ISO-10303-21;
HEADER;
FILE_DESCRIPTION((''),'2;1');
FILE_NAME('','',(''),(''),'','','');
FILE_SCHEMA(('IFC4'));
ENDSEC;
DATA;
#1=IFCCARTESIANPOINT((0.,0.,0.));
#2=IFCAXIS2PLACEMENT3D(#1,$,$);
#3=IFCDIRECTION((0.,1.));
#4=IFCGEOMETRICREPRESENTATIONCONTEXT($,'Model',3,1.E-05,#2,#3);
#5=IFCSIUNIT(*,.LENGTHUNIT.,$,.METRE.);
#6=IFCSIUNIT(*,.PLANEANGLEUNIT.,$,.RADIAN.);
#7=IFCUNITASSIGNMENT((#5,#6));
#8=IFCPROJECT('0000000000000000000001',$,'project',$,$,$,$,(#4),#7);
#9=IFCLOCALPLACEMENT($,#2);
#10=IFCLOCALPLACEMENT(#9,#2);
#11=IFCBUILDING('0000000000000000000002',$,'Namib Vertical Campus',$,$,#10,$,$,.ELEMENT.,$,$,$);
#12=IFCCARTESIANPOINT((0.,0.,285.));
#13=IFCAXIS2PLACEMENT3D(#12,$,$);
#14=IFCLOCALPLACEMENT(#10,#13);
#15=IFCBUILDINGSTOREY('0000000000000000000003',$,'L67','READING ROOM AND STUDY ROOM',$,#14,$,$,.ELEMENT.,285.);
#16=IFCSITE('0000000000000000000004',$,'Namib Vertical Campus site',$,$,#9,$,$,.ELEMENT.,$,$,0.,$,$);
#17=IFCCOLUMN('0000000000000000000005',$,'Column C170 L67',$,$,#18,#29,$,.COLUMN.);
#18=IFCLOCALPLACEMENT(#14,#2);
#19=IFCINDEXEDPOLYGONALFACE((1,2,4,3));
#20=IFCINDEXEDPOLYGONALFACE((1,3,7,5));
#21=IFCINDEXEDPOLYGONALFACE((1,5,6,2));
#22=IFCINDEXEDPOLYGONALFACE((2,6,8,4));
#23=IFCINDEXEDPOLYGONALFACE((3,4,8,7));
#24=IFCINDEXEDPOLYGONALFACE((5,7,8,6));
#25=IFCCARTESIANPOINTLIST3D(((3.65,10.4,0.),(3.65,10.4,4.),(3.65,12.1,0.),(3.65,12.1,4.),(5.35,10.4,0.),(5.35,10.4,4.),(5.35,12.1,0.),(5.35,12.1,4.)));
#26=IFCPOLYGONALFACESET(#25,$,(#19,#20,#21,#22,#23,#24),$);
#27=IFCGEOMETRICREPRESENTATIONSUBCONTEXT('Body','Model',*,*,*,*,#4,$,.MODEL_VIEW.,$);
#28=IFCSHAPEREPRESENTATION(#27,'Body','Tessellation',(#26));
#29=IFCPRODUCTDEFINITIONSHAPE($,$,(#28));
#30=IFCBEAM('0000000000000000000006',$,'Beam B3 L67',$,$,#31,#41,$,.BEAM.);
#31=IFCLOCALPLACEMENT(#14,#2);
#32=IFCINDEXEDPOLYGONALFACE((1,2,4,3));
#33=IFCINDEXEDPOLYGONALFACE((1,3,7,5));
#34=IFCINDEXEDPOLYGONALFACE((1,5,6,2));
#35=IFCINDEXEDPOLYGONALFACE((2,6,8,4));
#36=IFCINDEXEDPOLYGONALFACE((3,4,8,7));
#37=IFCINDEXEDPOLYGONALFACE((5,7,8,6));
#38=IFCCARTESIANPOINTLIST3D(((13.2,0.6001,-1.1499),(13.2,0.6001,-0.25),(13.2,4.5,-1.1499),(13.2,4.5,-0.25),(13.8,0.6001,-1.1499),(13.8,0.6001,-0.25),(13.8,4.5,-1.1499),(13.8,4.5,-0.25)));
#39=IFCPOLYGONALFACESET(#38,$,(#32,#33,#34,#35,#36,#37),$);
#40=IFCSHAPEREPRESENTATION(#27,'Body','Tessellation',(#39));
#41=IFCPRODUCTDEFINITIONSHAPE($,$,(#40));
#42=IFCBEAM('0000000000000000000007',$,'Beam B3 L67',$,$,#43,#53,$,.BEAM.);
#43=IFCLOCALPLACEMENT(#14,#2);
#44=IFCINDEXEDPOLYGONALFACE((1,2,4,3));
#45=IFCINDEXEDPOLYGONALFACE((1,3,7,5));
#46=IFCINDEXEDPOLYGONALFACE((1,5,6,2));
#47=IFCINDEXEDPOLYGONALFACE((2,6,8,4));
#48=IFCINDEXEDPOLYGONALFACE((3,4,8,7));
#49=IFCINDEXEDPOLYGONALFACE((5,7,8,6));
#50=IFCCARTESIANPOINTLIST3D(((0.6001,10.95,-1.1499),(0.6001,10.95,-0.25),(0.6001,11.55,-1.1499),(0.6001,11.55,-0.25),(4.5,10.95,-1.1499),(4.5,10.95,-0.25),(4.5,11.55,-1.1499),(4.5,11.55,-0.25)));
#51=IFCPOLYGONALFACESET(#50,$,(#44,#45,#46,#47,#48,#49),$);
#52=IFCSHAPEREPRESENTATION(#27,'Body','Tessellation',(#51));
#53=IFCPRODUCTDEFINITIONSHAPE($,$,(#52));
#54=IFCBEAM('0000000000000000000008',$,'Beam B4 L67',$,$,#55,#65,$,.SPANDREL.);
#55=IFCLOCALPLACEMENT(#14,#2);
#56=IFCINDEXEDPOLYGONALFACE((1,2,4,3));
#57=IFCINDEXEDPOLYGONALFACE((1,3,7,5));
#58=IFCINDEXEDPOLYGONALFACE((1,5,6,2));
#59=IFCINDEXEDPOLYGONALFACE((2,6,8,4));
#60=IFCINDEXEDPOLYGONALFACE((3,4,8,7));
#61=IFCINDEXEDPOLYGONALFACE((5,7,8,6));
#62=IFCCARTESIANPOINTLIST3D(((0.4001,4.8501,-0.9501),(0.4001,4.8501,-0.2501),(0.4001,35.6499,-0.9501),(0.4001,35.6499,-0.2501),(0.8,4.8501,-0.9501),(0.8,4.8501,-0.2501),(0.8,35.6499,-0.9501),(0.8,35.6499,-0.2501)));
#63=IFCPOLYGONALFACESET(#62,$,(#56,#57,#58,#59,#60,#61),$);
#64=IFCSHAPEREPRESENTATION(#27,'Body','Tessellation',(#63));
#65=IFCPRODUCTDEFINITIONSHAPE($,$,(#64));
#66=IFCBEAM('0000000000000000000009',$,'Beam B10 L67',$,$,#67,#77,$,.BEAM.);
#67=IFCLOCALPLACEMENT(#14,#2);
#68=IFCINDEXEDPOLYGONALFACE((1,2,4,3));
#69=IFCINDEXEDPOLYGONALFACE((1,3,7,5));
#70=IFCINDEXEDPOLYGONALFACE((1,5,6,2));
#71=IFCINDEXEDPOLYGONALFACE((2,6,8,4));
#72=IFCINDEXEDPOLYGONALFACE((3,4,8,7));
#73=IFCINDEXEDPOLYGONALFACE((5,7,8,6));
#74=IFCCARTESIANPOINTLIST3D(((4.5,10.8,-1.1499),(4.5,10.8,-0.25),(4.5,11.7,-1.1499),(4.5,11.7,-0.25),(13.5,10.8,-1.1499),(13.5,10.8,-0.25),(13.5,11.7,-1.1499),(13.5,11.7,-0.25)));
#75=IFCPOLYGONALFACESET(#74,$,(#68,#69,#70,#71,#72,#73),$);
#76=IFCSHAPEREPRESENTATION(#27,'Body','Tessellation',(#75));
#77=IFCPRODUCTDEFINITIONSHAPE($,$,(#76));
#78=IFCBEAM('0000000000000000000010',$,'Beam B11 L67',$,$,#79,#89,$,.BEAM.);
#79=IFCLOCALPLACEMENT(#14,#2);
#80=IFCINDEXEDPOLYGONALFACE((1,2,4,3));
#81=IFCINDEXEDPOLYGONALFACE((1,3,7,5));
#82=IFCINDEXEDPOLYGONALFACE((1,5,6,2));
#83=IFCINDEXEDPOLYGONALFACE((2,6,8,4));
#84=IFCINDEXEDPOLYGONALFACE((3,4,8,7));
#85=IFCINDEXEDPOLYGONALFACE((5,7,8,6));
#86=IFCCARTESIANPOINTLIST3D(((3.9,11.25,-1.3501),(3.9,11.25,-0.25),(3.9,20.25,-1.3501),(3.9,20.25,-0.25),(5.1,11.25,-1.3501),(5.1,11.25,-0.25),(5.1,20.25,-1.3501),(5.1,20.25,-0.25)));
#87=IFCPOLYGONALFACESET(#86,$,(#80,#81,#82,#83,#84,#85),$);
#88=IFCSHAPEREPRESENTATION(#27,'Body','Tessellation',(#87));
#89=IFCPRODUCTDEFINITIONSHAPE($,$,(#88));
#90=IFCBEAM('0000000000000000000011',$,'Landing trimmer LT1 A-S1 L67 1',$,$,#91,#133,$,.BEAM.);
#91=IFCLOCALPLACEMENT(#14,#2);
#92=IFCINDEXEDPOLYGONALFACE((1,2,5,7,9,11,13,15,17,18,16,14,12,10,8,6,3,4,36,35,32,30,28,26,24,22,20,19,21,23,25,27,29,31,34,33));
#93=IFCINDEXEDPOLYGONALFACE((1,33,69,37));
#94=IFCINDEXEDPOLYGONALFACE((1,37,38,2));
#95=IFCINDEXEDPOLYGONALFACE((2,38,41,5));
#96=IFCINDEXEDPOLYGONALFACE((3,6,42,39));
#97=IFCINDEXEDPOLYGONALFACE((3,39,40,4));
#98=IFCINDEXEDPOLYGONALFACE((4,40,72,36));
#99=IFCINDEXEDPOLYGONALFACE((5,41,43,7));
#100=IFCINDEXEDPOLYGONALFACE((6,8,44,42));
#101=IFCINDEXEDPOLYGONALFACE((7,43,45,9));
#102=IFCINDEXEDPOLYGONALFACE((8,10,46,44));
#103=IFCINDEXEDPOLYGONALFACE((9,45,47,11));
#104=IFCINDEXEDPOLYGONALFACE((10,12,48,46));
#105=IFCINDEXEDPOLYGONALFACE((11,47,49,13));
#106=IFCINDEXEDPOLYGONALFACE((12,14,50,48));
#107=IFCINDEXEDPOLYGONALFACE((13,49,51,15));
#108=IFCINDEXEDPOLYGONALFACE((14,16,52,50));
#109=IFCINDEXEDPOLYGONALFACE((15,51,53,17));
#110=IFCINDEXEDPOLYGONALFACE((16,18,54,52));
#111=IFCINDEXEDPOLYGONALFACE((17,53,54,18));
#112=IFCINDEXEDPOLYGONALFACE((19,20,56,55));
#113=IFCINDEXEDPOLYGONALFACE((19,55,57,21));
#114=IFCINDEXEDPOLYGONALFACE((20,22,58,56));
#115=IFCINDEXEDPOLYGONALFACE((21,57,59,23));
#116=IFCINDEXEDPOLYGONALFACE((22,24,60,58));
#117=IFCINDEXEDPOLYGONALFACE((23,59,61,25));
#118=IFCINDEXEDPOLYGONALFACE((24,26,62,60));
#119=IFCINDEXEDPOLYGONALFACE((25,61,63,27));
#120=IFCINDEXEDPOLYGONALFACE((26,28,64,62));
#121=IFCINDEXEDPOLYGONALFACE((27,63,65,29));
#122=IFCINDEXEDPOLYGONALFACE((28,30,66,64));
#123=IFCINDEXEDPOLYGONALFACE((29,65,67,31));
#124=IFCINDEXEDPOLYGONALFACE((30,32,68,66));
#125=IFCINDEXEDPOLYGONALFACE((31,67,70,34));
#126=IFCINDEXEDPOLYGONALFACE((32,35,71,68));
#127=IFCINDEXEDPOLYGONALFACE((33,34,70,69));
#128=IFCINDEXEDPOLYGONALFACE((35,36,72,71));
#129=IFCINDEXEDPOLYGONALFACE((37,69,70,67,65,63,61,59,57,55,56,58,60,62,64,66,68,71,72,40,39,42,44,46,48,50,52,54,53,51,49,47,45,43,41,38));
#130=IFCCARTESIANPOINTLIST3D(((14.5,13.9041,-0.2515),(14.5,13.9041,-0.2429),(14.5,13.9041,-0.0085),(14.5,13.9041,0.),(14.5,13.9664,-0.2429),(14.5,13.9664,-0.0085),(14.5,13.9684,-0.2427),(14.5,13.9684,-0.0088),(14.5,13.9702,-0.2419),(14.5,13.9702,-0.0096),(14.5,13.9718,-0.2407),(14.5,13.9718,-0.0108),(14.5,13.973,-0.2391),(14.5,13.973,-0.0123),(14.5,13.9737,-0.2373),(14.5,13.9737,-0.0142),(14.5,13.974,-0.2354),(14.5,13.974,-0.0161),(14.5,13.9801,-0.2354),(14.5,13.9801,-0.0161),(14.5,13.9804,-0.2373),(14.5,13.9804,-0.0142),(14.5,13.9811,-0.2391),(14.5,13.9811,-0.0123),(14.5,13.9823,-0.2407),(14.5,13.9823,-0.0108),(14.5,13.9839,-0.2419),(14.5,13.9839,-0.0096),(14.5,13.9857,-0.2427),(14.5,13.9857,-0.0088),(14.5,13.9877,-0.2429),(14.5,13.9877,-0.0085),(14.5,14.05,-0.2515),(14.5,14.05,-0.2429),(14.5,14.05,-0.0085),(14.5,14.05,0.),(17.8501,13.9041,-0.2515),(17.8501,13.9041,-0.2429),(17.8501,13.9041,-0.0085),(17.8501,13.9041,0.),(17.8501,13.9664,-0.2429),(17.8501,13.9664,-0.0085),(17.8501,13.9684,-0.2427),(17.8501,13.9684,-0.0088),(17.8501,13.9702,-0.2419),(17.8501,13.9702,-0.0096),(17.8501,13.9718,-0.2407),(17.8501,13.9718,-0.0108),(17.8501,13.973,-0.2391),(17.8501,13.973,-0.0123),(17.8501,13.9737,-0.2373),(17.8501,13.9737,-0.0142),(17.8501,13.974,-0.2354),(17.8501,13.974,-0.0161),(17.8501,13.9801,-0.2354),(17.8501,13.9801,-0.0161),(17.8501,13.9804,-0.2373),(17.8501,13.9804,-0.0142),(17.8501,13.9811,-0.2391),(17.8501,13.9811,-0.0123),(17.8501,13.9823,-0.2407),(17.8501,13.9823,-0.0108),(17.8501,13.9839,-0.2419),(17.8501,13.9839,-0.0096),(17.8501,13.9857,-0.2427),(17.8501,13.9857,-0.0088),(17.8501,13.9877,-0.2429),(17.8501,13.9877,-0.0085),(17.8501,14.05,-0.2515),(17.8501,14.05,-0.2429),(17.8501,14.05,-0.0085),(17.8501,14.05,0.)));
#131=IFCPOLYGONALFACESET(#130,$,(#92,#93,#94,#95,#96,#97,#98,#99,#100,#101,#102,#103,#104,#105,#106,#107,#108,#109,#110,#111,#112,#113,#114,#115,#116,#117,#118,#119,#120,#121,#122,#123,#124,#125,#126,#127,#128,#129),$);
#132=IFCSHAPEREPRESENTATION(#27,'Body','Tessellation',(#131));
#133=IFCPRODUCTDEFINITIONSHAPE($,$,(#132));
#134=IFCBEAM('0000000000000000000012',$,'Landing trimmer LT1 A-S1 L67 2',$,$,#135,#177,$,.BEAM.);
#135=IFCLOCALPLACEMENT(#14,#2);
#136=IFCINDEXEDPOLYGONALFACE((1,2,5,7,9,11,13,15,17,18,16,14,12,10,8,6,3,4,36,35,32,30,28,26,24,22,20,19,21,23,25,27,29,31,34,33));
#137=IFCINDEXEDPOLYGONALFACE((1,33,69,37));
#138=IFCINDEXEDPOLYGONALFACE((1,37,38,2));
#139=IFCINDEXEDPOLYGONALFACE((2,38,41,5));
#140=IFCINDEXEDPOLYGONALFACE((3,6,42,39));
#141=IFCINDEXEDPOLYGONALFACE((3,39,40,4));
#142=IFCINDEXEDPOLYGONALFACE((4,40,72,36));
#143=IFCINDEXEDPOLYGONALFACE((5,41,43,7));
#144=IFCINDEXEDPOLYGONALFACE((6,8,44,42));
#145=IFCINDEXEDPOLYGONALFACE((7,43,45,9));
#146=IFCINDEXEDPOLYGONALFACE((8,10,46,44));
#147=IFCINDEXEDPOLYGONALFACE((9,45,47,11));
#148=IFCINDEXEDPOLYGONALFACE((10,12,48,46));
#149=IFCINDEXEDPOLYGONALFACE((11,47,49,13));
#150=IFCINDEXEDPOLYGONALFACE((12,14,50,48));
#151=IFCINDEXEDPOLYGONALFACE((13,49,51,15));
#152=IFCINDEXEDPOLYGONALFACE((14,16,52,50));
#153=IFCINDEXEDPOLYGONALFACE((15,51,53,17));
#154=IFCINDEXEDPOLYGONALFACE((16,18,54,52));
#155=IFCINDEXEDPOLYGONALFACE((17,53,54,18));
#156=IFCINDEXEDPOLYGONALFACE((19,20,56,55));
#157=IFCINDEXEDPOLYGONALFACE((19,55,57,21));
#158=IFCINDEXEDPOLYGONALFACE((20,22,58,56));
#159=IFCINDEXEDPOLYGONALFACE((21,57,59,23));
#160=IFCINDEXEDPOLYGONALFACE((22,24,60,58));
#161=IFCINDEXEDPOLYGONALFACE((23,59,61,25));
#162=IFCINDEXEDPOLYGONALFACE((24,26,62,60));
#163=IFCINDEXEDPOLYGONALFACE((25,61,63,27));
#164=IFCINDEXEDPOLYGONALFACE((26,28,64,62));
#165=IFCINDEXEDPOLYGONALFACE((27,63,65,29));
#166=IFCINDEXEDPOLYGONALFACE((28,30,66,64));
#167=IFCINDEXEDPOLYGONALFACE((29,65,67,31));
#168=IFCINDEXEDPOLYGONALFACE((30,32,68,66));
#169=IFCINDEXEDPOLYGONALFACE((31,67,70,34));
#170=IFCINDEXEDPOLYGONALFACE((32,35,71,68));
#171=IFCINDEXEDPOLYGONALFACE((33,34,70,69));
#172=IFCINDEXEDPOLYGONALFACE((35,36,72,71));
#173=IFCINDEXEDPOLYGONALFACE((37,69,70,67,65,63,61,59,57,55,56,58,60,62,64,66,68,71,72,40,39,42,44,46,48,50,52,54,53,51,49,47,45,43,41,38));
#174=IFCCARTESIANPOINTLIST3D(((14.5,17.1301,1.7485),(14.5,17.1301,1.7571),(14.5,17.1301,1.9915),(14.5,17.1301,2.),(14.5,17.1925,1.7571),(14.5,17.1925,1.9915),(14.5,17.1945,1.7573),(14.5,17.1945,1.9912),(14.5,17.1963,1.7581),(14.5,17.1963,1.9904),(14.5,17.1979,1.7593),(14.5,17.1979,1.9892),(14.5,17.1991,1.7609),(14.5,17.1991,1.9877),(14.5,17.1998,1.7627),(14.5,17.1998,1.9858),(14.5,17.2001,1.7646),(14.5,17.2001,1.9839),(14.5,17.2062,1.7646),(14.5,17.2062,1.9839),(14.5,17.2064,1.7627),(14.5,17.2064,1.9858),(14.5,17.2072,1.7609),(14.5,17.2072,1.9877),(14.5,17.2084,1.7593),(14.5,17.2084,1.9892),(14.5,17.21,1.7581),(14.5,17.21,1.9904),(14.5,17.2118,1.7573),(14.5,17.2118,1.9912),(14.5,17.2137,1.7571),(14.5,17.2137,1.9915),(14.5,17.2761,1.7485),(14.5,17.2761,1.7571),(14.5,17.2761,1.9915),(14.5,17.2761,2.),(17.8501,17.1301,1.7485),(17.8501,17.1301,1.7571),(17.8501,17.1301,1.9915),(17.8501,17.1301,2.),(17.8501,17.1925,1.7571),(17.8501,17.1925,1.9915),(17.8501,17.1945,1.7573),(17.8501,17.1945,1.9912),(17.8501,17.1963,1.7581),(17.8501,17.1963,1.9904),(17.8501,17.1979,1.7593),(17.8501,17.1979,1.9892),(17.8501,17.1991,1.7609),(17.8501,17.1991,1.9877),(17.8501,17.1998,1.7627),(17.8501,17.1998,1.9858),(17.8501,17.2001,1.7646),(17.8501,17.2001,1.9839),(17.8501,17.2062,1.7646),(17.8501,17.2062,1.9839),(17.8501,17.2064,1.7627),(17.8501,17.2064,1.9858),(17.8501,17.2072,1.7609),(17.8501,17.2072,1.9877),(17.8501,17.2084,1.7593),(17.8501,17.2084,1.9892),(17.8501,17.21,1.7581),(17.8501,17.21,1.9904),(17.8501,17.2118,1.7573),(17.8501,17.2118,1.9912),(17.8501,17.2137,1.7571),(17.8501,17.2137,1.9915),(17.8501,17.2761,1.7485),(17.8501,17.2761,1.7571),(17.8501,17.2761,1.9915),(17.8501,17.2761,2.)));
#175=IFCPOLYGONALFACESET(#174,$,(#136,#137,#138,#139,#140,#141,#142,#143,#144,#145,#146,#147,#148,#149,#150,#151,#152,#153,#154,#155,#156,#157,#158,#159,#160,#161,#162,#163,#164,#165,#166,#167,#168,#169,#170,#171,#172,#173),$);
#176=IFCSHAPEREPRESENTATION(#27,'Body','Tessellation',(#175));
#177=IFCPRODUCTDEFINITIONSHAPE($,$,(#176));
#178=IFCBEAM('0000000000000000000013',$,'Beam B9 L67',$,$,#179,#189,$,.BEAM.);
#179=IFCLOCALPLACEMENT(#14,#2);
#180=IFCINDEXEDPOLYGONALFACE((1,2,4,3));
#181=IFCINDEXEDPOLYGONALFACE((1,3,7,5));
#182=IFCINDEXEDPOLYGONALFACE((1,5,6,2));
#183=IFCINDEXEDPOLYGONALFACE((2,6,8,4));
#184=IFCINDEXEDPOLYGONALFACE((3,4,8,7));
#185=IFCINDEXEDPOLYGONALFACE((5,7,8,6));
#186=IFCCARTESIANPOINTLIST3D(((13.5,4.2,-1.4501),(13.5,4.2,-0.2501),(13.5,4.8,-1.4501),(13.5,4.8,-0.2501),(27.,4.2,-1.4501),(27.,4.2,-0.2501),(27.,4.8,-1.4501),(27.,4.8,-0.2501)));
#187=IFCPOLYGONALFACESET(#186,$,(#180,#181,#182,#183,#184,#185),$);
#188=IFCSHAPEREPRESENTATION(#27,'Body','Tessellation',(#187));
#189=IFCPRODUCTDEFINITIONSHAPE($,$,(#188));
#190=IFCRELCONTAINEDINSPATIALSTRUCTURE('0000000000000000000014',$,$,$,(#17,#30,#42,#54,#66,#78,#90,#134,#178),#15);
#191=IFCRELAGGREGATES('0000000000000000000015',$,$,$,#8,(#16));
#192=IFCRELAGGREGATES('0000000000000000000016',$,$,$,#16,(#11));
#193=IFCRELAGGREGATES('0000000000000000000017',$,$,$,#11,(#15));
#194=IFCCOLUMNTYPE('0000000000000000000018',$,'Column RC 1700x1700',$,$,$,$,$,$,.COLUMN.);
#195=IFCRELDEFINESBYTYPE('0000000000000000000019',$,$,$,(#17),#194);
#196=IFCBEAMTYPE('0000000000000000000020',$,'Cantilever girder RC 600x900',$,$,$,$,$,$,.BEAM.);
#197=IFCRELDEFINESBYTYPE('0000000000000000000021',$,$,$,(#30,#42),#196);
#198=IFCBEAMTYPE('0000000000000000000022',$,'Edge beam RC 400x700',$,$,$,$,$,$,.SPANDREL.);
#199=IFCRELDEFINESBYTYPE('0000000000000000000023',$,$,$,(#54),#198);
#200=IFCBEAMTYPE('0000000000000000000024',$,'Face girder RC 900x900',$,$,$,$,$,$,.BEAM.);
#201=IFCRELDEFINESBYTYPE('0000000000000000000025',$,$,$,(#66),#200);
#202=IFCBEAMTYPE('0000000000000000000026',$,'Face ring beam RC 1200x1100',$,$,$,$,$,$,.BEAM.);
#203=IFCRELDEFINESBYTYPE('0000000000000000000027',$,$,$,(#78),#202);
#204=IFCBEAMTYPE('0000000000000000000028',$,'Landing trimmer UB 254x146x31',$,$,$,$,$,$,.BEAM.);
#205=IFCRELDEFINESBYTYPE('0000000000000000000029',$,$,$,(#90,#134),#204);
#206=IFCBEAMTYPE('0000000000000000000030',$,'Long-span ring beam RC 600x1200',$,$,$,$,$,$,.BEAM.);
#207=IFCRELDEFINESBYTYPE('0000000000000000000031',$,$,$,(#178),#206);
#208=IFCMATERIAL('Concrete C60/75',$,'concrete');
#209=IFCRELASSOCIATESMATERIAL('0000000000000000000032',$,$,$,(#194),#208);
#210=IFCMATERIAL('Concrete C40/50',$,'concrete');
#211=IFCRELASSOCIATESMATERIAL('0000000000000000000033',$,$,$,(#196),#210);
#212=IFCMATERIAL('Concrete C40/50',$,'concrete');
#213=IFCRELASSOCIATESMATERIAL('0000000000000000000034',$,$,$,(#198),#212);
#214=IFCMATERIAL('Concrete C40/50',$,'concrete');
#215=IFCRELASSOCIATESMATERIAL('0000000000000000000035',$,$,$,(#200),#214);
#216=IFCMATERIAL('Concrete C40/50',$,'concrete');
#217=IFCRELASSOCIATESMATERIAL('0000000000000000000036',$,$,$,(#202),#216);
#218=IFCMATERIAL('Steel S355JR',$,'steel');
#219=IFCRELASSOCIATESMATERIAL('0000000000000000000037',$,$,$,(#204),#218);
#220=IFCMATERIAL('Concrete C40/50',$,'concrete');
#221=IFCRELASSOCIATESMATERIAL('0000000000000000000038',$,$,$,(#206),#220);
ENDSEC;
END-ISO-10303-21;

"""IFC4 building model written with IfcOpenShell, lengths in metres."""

from ifc_helpers import new_model, si_unit, direction, frame, origin, origin_2d, place, context, subcontext, project, spatial, rectangle, i_section, extrude, material, material_profile, profile_set, type_object, element, save


model = new_model("IFC4")

# Units and contexts
model_context = context("Model", 3, precision=1e-05, world=origin(), true_north=direction((0.0, 1.0)))
body_context = subcontext(model_context, "Body", "Model", "MODEL_VIEW")
ifc_project = project(units=[si_unit("LENGTHUNIT", "METRE"), si_unit("PLANEANGLEUNIT", "RADIAN")], contexts=[model_context])

# Site, building, storey
site_placement = place(None, origin())
site = spatial("IfcSite", under=ifc_project, at=site_placement, Name="Namib Vertical Campus site", CompositionType="ELEMENT", RefElevation=0.0)
building_placement = place(site_placement, origin())
building = spatial("IfcBuilding", under=site, at=building_placement, Name="Namib Vertical Campus", CompositionType="ELEMENT")
storey_placement = place(building_placement, frame((0.0, 0.0, 285.0)))
storey = spatial("IfcBuildingStorey", under=building, at=storey_placement, Name="L67", Description="READING ROOM AND STUDY ROOM", CompositionType="ELEMENT", Elevation=285.0)

# Column
ifc_material_1 = material(Name="Concrete C60/75", Category="concrete")
ifc_material_profile_1 = material_profile(ifc_material_1, rectangle(XDim=1.7, YDim=1.7, at=origin_2d()))
ifc_profile_set_1 = profile_set([ifc_material_profile_1], Name="Concrete C60/75")
column_type = type_object("IfcColumnType", Name="Column RC 1700x1700", PredefinedType="COLUMN", material=ifc_profile_set_1)
column_placement = place(storey_placement, frame((4.5, 11.25, 0.0), z_axis=(0.0, 0.0, 1.0), x_axis=(1.0, 0.0, 0.0)))
element("IfcColumn", 1, at=column_placement, inside=storey, type_object=column_type, Name="Column C170 L67", PredefinedType="COLUMN", context=body_context, shape_type="SweptSolid", body=[
    extrude(rectangle(XDim=1.7, YDim=1.7, at=origin_2d()), origin(), (0.0, 0.0, 1.0), 4.0),
])

# Beams
ifc_material_2 = material(Name="Concrete C40/50", Category="concrete")
ifc_material_profile_2 = material_profile(ifc_material_2, rectangle(XDim=0.6001, YDim=0.8999, at=origin_2d()))
ifc_profile_set_2 = profile_set([ifc_material_profile_2], Name="Concrete C40/50")
beam_type_1 = type_object("IfcBeamType", Name="Cantilever girder RC 600x900", PredefinedType="BEAM", material=ifc_profile_set_2)
for number, where, z_axis, x_axis, name in (
    (2, (13.5, 4.5, -0.7), (0.0, -1.0, 0.0), (1.0, 0.0, 0.0), "Beam B3 L67"),
    (3, (4.5, 11.25, -0.7), (-1.0, 0.0, 0.0), (0.0, -1.0, 0.0), "Beam B3 L67"),
):
    element("IfcBeam", number, at=place(storey_placement, frame(where, z_axis=z_axis, x_axis=x_axis)), inside=storey, type_object=beam_type_1, Name=name, PredefinedType="BEAM", context=body_context, shape_type="SweptSolid", body=[
        extrude(rectangle(XDim=0.6001, YDim=0.8999, at=origin_2d()), origin(), (0.0, 0.0, 1.0), 3.8999),
    ])
ifc_material_3 = material(Name="Concrete C40/50", Category="concrete")
ifc_material_profile_3 = material_profile(ifc_material_3, rectangle(XDim=0.3999, YDim=0.7, at=origin_2d()))
ifc_profile_set_3 = profile_set([ifc_material_profile_3], Name="Concrete C40/50")
beam_type_2 = type_object("IfcBeamType", Name="Edge beam RC 400x700", PredefinedType="SPANDREL", material=ifc_profile_set_3)
beam_1_placement = place(storey_placement, frame((0.6001, 4.8501, -0.6001), z_axis=(0.0, 1.0, 0.0), x_axis=(-1.0, 0.0, 0.0)))
element("IfcBeam", 4, at=beam_1_placement, inside=storey, type_object=beam_type_2, Name="Beam B4 L67", PredefinedType="SPANDREL", context=body_context, shape_type="SweptSolid", body=[
    extrude(rectangle(XDim=0.3999, YDim=0.7, at=origin_2d()), origin(), (0.0, 0.0, 1.0), 30.7998),
])
ifc_material_4 = material(Name="Concrete C40/50", Category="concrete")
ifc_material_profile_4 = material_profile(ifc_material_4, rectangle(XDim=0.8999, YDim=0.8999, at=origin_2d()))
ifc_profile_set_4 = profile_set([ifc_material_profile_4], Name="Concrete C40/50")
beam_type_3 = type_object("IfcBeamType", Name="Face girder RC 900x900", PredefinedType="BEAM", material=ifc_profile_set_4)
beam_2_placement = place(storey_placement, frame((4.5, 11.25, -0.7), z_axis=(1.0, 0.0, 0.0), x_axis=(0.0, 1.0, 0.0)))
element("IfcBeam", 5, at=beam_2_placement, inside=storey, type_object=beam_type_3, Name="Beam B10 L67", PredefinedType="BEAM", context=body_context, shape_type="SweptSolid", body=[
    extrude(rectangle(XDim=0.8999, YDim=0.8999, at=origin_2d()), origin(), (0.0, 0.0, 1.0), 9.0),
])
ifc_material_5 = material(Name="Concrete C40/50", Category="concrete")
ifc_material_profile_5 = material_profile(ifc_material_5, rectangle(XDim=1.2, YDim=1.1001, at=origin_2d()))
ifc_profile_set_5 = profile_set([ifc_material_profile_5], Name="Concrete C40/50")
beam_type_4 = type_object("IfcBeamType", Name="Face ring beam RC 1200x1100", PredefinedType="BEAM", material=ifc_profile_set_5)
beam_3_placement = place(storey_placement, frame((4.5, 11.25, -0.8), z_axis=(0.0, 1.0, 0.0), x_axis=(-1.0, 0.0, 0.0)))
element("IfcBeam", 6, at=beam_3_placement, inside=storey, type_object=beam_type_4, Name="Beam B11 L67", PredefinedType="BEAM", context=body_context, shape_type="SweptSolid", body=[
    extrude(rectangle(XDim=1.2, YDim=1.1001, at=origin_2d()), origin(), (0.0, 0.0, 1.0), 9.0),
])
ifc_material_6 = material(Name="Steel S355JR", Category="steel")
ifc_material_profile_6 = material_profile(ifc_material_6, i_section(OverallWidth=0.146, OverallDepth=0.2515, WebThickness=0.0061, FlangeThickness=0.0085, FilletRadius=0.0076, at=origin_2d()))
ifc_profile_set_6 = profile_set([ifc_material_profile_6], Name="Steel S355JR")
beam_type_5 = type_object("IfcBeamType", Name="Landing trimmer UB 254x146x31", PredefinedType="BEAM", material=ifc_profile_set_6)
for number, where, z_axis, x_axis, name in (
    (7, (14.5, 13.9771, -0.1257), (1.0, 0.0, 0.0), (0.0, 1.0, 0.0), "Landing trimmer LT1 A-S1 L67 1"),
    (8, (14.5, 17.2031, 1.8743), (1.0, 0.0, 0.0), (0.0, 1.0, 0.0), "Landing trimmer LT1 A-S1 L67 2"),
):
    element("IfcBeam", number, at=place(storey_placement, frame(where, z_axis=z_axis, x_axis=x_axis)), inside=storey, type_object=beam_type_5, Name=name, PredefinedType="BEAM", context=body_context, shape_type="SweptSolid", body=[
        extrude(i_section(OverallWidth=0.146, OverallDepth=0.2515, WebThickness=0.0061, FlangeThickness=0.0085, FilletRadius=0.0076, at=origin_2d()), origin(), (0.0, 0.0, 1.0), 3.3501),
    ])
ifc_material_7 = material(Name="Concrete C40/50", Category="concrete")
ifc_material_profile_7 = material_profile(ifc_material_7, rectangle(XDim=0.6001, YDim=1.2, at=origin_2d()))
ifc_profile_set_7 = profile_set([ifc_material_profile_7], Name="Concrete C40/50")
beam_type_6 = type_object("IfcBeamType", Name="Long-span ring beam RC 600x1200", PredefinedType="BEAM", material=ifc_profile_set_7)
beam_4_placement = place(storey_placement, frame((13.5, 4.5, -0.8501), z_axis=(1.0, 0.0, 0.0), x_axis=(0.0, 1.0, 0.0)))
element("IfcBeam", 9, at=beam_4_placement, inside=storey, type_object=beam_type_6, Name="Beam B9 L67", PredefinedType="BEAM", context=body_context, shape_type="SweptSolid", body=[
    extrude(rectangle(XDim=0.6001, YDim=1.2, at=origin_2d()), origin(), (0.0, 0.0, 1.0), 13.5),
])

save(model, "model.ifc")
